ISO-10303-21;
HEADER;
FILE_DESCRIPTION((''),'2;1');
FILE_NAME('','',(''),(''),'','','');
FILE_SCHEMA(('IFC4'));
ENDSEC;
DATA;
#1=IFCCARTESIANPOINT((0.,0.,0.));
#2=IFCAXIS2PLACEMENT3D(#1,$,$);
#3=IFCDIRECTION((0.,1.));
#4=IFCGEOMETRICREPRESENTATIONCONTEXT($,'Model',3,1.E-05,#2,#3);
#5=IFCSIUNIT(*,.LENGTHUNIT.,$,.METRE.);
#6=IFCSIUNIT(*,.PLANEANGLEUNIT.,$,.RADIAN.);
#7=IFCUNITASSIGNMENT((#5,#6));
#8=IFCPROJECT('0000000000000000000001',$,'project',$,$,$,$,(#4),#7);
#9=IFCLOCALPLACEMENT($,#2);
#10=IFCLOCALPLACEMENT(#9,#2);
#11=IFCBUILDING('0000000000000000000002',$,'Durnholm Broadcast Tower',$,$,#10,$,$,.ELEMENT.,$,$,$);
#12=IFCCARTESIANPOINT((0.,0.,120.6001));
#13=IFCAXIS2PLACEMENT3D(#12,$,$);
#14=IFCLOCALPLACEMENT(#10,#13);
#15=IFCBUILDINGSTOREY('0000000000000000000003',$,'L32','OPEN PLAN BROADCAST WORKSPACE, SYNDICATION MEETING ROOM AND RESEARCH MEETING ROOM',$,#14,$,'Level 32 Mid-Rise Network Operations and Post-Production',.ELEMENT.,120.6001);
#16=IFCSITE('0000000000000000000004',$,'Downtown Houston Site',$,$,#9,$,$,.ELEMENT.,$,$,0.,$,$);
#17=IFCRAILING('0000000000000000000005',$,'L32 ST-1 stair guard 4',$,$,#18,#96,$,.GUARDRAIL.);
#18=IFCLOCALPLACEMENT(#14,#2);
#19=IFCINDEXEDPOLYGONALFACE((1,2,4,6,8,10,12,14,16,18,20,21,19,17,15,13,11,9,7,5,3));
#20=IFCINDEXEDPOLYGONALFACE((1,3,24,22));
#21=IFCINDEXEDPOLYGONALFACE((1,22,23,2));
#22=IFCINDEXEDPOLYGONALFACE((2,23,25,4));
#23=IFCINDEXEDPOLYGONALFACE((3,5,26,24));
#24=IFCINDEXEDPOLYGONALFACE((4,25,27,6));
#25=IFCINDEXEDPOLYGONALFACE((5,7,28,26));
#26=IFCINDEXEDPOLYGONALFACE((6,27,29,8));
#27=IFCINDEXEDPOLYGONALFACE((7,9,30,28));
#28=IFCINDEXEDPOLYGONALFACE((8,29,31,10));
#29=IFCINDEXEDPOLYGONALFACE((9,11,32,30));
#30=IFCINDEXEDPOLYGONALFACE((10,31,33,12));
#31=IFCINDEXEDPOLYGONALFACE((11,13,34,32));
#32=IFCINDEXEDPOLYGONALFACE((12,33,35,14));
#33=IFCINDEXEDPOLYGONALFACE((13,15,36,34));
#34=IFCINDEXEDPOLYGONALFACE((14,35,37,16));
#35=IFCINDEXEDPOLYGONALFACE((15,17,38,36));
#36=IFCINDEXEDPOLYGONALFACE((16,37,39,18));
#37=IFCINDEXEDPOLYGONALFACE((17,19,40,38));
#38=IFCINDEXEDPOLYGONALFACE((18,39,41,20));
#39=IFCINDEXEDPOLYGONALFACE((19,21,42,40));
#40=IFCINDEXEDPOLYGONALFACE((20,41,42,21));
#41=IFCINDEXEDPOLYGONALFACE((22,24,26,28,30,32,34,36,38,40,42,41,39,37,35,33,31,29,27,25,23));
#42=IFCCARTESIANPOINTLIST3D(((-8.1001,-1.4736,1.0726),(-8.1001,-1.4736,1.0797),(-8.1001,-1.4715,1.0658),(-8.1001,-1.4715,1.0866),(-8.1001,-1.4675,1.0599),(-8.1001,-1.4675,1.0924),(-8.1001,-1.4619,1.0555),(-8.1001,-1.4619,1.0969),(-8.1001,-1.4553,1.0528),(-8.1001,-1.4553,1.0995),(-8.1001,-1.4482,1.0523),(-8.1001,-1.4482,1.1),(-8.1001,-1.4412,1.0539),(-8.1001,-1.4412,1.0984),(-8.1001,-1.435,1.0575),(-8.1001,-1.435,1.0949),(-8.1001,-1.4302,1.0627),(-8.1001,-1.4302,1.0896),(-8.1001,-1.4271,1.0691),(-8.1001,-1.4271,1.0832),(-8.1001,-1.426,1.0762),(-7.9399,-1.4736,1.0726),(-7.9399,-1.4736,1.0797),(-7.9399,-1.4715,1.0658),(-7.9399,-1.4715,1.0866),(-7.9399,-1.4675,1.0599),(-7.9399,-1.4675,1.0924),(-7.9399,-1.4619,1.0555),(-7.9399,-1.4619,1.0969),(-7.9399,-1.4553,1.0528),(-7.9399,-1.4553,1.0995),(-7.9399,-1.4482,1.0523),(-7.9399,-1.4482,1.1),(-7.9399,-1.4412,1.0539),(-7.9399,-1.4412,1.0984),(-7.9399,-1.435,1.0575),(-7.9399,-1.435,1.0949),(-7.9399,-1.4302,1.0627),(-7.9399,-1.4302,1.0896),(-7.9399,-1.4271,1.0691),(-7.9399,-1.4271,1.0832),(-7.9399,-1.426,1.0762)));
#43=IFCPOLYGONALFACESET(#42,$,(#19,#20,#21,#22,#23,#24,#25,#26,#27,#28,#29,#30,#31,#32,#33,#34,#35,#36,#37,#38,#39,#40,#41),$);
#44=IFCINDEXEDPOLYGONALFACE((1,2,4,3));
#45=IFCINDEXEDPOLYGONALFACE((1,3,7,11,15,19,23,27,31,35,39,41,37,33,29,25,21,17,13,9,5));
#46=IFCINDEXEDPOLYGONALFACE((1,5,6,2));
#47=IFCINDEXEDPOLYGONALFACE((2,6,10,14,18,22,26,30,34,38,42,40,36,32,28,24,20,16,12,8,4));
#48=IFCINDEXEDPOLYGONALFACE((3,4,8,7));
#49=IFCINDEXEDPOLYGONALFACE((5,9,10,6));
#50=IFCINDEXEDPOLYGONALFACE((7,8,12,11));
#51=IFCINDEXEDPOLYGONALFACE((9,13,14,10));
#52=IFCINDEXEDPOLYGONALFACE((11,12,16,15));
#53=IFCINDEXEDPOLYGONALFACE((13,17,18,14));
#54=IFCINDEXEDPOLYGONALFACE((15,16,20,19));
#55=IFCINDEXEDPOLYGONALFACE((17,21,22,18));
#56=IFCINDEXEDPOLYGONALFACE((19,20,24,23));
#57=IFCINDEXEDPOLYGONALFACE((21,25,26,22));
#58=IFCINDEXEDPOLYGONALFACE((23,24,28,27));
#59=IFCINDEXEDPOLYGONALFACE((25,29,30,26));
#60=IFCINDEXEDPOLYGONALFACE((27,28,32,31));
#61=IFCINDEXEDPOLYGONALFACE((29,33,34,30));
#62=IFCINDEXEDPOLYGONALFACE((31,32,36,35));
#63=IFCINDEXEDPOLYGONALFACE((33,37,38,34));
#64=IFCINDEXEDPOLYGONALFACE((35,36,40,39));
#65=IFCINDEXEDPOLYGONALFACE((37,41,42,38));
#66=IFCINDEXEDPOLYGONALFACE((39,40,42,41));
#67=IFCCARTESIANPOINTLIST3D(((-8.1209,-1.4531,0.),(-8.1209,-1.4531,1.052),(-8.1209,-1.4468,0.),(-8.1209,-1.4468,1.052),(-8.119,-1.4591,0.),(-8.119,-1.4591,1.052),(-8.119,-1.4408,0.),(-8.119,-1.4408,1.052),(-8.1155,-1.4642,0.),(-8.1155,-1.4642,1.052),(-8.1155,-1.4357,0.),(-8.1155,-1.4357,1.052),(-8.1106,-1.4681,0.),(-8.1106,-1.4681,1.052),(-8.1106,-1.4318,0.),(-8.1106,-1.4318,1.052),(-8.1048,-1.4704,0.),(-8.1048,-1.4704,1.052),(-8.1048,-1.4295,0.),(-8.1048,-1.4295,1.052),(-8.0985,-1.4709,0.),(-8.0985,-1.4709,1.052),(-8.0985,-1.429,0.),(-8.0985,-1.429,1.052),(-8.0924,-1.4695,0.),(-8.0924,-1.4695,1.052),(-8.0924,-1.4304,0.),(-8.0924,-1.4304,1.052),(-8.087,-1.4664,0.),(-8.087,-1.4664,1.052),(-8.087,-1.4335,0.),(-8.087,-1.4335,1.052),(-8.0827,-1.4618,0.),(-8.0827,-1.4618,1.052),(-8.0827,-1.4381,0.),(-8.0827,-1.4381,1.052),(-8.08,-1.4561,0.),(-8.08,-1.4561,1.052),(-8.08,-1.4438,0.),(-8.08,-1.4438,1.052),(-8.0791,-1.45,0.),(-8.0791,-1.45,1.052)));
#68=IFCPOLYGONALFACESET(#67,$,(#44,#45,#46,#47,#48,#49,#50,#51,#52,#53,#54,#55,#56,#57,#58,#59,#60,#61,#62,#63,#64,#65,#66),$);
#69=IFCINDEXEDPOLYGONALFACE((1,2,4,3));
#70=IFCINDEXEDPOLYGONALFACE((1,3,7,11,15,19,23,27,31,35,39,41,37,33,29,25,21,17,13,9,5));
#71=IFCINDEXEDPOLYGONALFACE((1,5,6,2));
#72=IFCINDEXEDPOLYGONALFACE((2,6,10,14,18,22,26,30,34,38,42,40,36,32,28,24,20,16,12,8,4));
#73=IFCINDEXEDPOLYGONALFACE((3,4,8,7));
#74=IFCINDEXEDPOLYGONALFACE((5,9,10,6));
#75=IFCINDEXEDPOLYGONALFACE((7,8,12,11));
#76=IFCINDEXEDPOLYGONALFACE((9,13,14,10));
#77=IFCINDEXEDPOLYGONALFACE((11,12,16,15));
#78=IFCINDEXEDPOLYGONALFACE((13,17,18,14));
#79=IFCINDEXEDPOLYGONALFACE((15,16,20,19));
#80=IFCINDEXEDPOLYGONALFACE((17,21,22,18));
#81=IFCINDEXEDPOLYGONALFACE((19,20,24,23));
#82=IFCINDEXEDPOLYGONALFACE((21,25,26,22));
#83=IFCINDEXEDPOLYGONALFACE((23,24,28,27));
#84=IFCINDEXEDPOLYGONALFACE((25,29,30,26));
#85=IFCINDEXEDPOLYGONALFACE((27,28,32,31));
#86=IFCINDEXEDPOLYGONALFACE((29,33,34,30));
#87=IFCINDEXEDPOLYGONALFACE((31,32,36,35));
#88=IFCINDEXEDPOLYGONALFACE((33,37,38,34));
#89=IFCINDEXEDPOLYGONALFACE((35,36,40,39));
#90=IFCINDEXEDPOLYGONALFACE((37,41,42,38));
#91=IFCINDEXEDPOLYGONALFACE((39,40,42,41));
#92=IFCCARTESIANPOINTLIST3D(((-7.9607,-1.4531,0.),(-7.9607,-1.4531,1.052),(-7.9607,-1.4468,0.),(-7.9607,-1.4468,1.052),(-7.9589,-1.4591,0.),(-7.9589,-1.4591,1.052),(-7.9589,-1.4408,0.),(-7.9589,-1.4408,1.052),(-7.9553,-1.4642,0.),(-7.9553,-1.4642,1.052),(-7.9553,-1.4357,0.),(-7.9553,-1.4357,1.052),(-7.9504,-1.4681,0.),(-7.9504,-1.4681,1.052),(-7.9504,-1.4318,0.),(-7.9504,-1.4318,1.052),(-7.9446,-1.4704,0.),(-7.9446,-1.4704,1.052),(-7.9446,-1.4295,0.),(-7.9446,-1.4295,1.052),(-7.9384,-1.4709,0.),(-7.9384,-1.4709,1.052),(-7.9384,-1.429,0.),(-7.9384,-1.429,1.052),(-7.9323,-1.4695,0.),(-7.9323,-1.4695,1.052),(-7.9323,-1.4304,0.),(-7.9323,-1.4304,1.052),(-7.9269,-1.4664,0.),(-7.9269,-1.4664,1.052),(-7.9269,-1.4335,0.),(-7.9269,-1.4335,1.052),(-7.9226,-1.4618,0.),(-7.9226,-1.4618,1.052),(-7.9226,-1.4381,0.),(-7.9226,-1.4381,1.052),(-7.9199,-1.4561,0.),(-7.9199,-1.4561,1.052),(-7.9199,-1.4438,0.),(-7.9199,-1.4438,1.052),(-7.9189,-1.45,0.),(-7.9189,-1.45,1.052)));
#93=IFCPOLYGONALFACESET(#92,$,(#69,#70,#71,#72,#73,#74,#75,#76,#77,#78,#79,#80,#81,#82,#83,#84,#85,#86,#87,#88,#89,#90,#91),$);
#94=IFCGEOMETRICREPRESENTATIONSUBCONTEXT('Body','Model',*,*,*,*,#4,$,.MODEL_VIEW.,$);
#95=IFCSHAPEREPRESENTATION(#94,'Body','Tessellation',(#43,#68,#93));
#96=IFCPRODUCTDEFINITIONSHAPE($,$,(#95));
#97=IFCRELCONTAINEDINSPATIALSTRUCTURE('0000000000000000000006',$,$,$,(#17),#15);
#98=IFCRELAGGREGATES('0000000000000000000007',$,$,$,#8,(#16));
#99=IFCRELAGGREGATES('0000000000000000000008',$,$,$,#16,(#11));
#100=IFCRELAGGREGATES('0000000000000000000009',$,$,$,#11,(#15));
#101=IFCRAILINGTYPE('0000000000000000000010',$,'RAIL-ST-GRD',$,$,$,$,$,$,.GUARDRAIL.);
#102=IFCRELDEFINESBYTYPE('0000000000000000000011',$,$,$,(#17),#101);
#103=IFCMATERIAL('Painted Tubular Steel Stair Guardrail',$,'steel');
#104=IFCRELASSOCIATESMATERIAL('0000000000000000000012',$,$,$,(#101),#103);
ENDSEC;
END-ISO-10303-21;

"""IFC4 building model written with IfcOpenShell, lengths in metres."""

from ifc_helpers import new_model, si_unit, direction, frame, origin, origin_2d, place, context, subcontext, project, spatial, circle, extrude, material, type_object, element, save


model = new_model("IFC4")

# Units and contexts
model_context = context("Model", 3, precision=1e-05, world=origin(), true_north=direction((0.0, 1.0)))
body_context = subcontext(model_context, "Body", "Model", "MODEL_VIEW")
ifc_project = project(units=[si_unit("LENGTHUNIT", "METRE"), si_unit("PLANEANGLEUNIT", "RADIAN")], contexts=[model_context])

# Site, building, storey
site_placement = place(None, origin())
site = spatial("IfcSite", under=ifc_project, at=site_placement, Name="Downtown Houston Site", CompositionType="ELEMENT", RefElevation=0.0)
building_placement = place(site_placement, origin())
building = spatial("IfcBuilding", under=site, at=building_placement, Name="Durnholm Broadcast Tower", CompositionType="ELEMENT")
storey_placement = place(building_placement, frame((0.0, 0.0, 120.6001)))
storey = spatial("IfcBuildingStorey", under=building, at=storey_placement, Name="L32", Description="OPEN PLAN BROADCAST WORKSPACE, SYNDICATION MEETING ROOM AND RESEARCH MEETING ROOM", LongName="Level 32 Mid-Rise Network Operations and Post-Production", CompositionType="ELEMENT", Elevation=120.6001)

# Railing
ifc_material_1 = material(Name="Painted Tubular Steel Stair Guardrail", Category="steel")
railing_type_1 = type_object("IfcRailingType", Name="RAIL-ST-GRD", PredefinedType="GUARDRAIL", material=ifc_material_1)
railing_1_placement = place(storey_placement, frame((-8.1001, -1.45, 0.0)))
element("IfcRailing", 1, at=railing_1_placement, inside=storey, type_object=railing_type_1, Name="L32 ST-1 stair guard 4", PredefinedType="GUARDRAIL", context=body_context, shape_type="SweptSolid", body=[
    extrude(circle(Radius=0.0239, at=origin_2d()), frame((0.0, 0.0, 1.0762), z_axis=(1.0, 0.0, 0.0), x_axis=(0.0, 1.0, 0.0)), (0.0, 0.0, 1.0), 0.1602),
    extrude(circle(Radius=0.021, at=origin_2d()), origin(), (0.0, 0.0, 1.0), 1.052),
    extrude(circle(Radius=0.021, at=origin_2d()), frame((0.1602, 0.0, 0.0)), (0.0, 0.0, 1.0), 1.052),
])

save(model, "model.ifc")
